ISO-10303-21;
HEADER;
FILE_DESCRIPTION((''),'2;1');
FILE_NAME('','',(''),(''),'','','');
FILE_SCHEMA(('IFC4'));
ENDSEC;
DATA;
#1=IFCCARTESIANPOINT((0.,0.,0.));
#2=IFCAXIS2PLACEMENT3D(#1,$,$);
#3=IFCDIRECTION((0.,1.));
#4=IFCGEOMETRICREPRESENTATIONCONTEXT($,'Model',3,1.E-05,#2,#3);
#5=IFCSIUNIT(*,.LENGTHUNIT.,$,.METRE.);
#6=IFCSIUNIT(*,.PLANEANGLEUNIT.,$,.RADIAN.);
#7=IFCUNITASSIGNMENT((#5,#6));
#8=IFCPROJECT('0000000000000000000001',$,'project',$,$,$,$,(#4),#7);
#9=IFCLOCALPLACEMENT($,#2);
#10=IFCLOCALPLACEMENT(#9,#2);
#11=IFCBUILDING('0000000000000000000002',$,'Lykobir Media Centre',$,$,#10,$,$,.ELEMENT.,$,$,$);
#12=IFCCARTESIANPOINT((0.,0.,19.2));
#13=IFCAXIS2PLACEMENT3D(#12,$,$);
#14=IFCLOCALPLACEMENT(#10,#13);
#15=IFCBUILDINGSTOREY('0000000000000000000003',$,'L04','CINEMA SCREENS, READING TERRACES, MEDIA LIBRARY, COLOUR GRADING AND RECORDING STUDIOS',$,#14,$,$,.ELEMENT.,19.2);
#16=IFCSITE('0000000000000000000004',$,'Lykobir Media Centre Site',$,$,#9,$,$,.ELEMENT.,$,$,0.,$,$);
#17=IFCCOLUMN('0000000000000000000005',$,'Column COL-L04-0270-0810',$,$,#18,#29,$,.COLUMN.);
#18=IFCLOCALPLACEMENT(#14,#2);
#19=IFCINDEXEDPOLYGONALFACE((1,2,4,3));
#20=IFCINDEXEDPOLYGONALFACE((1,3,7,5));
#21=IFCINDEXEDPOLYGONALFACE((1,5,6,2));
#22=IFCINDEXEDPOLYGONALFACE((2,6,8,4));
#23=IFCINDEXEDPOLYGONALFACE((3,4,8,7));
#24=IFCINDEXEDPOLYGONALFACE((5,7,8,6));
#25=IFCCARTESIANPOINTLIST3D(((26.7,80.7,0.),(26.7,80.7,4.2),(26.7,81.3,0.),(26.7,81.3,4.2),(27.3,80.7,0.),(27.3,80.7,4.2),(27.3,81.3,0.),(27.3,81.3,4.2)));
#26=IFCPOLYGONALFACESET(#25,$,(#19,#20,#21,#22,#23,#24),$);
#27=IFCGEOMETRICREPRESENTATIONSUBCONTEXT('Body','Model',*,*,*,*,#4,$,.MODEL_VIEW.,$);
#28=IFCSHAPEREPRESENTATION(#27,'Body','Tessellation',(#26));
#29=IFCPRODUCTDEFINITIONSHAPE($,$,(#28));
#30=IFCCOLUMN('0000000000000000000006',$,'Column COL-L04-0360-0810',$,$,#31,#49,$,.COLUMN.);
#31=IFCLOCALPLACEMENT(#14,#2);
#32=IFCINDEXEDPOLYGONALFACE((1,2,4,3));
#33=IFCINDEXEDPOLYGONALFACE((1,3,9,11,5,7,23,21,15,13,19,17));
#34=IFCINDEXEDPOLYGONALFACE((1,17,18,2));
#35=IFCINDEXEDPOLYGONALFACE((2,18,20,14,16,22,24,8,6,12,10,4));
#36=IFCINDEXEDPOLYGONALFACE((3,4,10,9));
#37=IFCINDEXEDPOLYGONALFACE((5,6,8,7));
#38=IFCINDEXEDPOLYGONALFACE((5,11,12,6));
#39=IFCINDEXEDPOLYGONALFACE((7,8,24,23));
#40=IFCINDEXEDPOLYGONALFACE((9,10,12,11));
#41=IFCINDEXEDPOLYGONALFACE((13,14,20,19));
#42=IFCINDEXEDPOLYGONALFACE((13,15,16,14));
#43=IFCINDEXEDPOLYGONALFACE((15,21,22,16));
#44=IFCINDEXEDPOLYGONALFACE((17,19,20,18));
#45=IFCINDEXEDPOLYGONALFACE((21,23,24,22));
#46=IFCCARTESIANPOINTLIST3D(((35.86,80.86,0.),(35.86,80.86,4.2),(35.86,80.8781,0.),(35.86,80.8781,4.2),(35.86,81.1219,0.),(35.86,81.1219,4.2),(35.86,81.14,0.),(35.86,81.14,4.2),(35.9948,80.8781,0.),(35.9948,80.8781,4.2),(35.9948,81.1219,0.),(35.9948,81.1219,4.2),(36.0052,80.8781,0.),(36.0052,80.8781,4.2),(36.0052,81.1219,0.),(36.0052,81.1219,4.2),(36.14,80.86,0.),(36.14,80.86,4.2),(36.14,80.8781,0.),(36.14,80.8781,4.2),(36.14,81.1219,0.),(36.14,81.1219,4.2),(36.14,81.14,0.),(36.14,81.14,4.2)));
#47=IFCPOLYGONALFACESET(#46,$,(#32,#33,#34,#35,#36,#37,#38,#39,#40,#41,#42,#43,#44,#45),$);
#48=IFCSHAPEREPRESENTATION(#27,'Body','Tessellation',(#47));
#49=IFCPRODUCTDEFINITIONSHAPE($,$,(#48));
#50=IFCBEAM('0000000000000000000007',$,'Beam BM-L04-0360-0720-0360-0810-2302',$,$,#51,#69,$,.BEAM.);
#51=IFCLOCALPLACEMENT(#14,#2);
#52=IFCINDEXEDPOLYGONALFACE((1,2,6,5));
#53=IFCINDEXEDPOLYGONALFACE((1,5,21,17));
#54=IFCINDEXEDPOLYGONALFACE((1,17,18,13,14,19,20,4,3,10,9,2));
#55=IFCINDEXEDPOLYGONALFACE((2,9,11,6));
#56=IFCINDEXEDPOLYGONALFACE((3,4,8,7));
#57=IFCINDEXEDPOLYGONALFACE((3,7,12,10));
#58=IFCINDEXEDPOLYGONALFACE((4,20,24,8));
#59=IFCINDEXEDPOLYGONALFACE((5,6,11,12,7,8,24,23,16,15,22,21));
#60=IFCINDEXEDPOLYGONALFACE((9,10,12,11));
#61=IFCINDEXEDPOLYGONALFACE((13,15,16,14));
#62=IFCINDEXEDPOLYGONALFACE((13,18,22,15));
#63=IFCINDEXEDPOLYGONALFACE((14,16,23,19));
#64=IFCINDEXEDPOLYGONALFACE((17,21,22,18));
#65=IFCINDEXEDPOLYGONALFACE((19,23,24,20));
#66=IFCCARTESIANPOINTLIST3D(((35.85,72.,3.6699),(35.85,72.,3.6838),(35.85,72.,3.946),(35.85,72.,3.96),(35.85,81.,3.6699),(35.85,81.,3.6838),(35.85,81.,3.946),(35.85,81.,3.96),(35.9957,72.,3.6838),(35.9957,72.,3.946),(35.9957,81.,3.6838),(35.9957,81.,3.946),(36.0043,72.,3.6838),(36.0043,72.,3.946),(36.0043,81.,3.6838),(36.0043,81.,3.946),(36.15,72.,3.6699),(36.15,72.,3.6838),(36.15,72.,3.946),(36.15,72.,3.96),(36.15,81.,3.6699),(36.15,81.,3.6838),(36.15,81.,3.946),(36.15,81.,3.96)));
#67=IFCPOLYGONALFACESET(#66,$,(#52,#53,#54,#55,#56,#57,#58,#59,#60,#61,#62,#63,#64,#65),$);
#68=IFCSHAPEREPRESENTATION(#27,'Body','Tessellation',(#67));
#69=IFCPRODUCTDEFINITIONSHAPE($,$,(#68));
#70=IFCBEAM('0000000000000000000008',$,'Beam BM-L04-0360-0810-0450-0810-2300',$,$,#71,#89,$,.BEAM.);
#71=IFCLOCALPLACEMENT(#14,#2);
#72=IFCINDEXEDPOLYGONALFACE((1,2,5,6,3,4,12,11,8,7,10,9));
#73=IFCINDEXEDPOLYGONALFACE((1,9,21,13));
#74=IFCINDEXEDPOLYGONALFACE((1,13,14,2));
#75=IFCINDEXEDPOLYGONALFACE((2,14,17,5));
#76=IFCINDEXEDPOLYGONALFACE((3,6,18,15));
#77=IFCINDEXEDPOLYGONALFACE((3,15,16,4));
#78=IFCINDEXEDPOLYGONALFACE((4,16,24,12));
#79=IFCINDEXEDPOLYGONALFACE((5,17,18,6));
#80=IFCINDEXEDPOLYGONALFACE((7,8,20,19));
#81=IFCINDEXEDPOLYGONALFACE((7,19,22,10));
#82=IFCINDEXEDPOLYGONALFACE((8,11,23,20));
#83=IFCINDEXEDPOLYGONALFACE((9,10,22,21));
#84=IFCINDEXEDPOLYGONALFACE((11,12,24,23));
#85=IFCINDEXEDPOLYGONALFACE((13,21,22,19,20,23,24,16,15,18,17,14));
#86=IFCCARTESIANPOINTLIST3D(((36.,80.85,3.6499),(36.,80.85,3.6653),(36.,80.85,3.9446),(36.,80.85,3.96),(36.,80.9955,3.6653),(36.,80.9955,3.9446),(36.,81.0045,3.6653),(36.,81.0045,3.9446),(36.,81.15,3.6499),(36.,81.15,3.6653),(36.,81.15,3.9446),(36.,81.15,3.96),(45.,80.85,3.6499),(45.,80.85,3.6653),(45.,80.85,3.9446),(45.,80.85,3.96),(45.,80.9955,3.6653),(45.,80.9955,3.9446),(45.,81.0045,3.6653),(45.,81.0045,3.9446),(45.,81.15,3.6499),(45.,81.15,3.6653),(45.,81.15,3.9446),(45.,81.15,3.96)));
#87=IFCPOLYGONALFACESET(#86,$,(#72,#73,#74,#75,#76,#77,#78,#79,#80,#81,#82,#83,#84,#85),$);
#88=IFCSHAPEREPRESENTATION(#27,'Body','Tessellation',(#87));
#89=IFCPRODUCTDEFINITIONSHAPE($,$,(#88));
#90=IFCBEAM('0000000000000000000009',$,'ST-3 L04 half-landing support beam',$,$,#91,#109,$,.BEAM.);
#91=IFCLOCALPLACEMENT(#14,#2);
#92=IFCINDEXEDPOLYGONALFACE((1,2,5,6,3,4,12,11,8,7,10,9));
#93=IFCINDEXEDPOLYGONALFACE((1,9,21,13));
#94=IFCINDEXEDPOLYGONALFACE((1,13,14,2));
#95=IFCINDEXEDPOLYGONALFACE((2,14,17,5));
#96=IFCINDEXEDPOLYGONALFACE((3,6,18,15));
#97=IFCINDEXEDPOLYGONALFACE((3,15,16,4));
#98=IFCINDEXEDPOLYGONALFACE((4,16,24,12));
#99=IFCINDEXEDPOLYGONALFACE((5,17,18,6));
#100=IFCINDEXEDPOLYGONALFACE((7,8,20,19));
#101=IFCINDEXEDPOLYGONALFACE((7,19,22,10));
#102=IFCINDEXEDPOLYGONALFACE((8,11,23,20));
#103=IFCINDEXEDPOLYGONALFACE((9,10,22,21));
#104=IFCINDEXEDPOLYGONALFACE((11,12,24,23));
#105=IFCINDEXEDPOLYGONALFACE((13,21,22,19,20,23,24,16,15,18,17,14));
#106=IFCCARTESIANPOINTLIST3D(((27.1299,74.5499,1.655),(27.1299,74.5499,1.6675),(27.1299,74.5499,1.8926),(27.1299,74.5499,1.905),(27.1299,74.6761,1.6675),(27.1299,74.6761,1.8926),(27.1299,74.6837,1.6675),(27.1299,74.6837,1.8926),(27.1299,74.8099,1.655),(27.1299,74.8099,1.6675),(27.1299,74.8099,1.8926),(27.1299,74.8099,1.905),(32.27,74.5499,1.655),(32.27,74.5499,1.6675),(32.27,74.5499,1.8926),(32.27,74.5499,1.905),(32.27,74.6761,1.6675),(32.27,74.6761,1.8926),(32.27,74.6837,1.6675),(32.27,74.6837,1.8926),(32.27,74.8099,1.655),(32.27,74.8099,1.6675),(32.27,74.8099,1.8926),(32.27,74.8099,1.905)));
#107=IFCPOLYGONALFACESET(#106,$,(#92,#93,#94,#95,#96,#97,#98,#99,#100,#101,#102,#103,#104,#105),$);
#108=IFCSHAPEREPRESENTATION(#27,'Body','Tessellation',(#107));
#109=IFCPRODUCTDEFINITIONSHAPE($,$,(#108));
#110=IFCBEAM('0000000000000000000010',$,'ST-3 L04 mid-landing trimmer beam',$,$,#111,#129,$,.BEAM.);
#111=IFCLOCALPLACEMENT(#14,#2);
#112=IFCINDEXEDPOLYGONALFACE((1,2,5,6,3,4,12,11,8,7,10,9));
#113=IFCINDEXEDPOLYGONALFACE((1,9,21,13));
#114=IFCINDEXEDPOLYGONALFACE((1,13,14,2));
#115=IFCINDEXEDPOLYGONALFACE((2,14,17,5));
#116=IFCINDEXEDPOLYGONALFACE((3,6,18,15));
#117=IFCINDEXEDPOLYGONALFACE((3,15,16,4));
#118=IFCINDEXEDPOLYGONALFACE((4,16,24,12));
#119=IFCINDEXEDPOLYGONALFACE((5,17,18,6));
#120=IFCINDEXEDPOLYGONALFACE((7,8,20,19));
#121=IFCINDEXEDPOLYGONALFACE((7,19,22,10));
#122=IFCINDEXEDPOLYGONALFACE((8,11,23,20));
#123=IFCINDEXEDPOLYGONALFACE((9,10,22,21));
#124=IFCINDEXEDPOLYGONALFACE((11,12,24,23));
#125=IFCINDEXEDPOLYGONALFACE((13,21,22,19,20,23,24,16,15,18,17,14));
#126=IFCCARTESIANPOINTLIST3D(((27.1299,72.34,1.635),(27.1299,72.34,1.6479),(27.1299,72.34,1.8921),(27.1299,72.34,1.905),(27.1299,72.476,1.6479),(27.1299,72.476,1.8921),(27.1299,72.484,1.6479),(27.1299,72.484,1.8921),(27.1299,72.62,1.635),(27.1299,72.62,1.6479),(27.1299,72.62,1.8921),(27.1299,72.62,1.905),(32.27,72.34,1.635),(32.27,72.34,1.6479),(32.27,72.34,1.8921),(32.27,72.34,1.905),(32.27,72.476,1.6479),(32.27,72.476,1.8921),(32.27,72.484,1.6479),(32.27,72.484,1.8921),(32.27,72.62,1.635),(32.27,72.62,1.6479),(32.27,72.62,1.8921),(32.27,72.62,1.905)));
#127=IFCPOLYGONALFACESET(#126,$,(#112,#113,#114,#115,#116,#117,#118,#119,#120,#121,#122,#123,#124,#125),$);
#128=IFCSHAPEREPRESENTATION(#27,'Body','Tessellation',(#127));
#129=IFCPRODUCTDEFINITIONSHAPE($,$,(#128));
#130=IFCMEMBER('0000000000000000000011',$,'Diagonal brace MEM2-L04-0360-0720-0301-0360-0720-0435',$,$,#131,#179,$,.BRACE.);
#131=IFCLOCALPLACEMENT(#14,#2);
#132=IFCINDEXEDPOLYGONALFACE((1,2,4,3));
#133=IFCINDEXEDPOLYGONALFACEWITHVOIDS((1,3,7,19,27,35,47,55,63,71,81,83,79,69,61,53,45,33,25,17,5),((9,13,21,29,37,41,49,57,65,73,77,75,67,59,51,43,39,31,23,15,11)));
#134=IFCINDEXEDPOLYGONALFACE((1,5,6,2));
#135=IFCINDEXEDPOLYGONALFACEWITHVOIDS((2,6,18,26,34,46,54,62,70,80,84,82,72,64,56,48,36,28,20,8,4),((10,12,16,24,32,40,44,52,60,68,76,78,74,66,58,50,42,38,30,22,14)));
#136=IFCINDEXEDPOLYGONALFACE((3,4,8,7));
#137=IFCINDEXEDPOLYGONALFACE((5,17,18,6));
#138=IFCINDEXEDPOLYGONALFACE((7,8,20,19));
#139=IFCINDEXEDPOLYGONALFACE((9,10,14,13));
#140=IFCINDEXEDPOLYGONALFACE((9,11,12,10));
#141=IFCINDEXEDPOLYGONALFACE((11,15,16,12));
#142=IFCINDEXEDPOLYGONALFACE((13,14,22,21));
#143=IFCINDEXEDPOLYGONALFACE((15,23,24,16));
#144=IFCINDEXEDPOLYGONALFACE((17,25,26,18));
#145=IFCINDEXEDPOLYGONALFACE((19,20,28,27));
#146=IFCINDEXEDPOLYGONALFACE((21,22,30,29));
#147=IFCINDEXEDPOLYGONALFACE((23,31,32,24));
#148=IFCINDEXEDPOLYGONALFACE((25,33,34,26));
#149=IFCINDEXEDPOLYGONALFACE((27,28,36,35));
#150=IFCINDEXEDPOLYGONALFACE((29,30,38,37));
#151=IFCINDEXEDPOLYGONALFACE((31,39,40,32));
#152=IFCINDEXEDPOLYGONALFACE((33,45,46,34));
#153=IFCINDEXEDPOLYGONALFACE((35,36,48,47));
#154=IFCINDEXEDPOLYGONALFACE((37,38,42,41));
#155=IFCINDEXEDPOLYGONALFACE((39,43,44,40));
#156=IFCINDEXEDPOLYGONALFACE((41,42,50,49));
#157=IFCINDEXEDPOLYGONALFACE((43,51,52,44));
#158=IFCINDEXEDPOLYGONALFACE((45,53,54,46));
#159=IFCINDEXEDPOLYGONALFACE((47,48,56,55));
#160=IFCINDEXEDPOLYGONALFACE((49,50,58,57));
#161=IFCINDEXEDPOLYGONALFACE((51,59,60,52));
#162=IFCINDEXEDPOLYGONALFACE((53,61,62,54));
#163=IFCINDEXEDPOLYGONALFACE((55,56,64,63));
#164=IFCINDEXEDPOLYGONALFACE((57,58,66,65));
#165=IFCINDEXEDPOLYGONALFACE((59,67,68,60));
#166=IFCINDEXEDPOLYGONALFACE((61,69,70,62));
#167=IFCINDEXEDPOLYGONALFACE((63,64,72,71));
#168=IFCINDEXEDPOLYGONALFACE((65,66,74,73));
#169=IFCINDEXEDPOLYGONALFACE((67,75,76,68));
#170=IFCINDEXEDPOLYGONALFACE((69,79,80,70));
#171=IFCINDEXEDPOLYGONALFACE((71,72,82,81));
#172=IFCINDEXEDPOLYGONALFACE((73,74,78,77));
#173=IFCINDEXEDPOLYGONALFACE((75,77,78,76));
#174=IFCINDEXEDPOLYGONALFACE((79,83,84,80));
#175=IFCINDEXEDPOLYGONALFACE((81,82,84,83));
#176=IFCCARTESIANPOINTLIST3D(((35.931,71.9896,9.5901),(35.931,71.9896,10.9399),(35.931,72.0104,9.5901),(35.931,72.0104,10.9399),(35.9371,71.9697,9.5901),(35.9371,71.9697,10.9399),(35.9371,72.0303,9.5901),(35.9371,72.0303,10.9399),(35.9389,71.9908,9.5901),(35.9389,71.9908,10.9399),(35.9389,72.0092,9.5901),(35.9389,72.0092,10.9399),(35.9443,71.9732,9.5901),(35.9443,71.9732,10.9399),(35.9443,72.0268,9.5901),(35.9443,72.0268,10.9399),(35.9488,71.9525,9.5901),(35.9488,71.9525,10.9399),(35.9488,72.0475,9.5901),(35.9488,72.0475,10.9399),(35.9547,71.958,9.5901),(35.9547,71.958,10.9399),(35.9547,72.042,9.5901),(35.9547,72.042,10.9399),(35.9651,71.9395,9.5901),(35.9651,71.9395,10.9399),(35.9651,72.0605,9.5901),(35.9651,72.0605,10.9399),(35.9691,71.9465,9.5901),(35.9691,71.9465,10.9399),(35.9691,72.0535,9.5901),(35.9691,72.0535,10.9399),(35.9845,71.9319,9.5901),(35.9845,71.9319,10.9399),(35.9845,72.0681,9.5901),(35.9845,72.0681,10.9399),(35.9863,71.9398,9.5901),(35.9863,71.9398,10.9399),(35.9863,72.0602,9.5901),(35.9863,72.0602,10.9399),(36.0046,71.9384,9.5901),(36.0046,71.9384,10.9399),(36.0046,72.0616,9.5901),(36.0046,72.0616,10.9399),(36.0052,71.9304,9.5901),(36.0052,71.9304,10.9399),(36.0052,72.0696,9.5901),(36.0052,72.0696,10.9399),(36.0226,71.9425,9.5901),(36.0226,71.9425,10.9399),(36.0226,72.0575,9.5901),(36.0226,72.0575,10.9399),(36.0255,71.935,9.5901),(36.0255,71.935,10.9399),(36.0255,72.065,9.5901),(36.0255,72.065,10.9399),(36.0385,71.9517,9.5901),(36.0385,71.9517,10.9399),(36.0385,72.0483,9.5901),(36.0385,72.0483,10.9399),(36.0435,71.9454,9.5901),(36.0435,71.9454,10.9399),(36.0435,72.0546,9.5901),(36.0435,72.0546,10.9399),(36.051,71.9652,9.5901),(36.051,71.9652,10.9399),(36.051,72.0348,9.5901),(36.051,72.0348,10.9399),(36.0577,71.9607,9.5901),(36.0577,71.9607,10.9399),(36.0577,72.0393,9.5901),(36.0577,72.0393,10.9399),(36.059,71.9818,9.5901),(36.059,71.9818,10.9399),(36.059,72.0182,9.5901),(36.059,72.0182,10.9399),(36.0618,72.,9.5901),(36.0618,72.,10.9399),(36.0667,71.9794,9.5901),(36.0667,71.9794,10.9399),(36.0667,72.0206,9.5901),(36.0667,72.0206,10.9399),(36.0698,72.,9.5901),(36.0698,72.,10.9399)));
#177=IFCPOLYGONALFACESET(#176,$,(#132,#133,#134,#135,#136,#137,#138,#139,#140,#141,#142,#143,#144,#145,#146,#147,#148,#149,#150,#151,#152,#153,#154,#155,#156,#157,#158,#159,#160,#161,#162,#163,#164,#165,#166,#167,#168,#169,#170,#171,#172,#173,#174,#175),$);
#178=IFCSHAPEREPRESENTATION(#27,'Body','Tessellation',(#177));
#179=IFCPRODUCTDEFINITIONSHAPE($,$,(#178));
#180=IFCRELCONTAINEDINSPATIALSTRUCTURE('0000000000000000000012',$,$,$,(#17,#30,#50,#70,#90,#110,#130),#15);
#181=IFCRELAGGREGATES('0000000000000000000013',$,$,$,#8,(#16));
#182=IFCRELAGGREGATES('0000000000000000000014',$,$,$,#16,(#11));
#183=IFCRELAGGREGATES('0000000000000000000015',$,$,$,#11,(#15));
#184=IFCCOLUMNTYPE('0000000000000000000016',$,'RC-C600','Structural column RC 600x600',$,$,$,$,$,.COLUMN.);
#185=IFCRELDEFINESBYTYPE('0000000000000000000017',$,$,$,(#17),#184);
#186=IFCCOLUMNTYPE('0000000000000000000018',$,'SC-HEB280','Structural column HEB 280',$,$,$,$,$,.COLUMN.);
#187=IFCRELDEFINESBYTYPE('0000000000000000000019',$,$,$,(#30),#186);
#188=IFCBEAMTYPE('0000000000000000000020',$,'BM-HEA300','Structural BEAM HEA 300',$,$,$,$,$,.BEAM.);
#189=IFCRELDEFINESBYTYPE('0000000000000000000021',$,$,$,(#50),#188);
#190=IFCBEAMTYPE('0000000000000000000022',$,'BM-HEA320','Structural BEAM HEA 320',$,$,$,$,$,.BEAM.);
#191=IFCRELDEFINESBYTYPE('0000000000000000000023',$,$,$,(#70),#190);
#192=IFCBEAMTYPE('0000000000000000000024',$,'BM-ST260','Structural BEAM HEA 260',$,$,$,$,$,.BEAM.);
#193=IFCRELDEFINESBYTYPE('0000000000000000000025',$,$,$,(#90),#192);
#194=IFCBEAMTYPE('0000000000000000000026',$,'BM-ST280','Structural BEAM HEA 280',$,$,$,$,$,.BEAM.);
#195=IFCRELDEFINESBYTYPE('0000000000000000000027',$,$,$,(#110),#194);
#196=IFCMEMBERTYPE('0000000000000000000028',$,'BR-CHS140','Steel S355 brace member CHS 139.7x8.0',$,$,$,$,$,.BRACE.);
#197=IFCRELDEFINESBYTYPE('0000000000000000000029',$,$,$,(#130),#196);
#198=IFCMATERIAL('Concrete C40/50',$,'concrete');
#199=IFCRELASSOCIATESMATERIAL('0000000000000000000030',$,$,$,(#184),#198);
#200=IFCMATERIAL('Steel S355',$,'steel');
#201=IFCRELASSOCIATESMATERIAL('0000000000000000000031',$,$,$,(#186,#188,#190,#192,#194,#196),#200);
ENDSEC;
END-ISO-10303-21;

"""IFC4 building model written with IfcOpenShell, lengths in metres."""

from ifc_helpers import new_model, si_unit, direction, frame, origin, origin_2d, place, context, subcontext, project, spatial, rectangle, hollow_circle, i_section, extrude, material, material_profile, profile_set, type_object, element, save


model = new_model("IFC4")

# Units and contexts
model_context = context("Model", 3, precision=1e-05, world=origin(), true_north=direction((0.0, 1.0)))
body_context = subcontext(model_context, "Body", "Model", "MODEL_VIEW")
ifc_project = project(units=[si_unit("LENGTHUNIT", "METRE"), si_unit("PLANEANGLEUNIT", "RADIAN")], contexts=[model_context])

# Site, building, storey
site_placement = place(None, origin())
site = spatial("IfcSite", under=ifc_project, at=site_placement, Name="Lykobir Media Centre Site", CompositionType="ELEMENT", RefElevation=0.0)
building_placement = place(site_placement, origin())
building = spatial("IfcBuilding", under=site, at=building_placement, Name="Lykobir Media Centre", CompositionType="ELEMENT")
storey_placement = place(building_placement, frame((0.0, 0.0, 19.2)))
storey = spatial("IfcBuildingStorey", under=building, at=storey_placement, Name="L04", Description="CINEMA SCREENS, READING TERRACES, MEDIA LIBRARY, COLOUR GRADING AND RECORDING STUDIOS", CompositionType="ELEMENT", Elevation=19.2)

# Columns
ifc_material_1 = material(Name="Concrete C40/50", Category="concrete")
ifc_material_profile_1 = material_profile(ifc_material_1, rectangle(XDim=0.6001, YDim=0.6001, at=origin_2d()), Name="RC 600x600")
ifc_profile_set_1 = profile_set([ifc_material_profile_1], Name="Concrete C40/50")
column_type_1 = type_object("IfcColumnType", Name="RC-C600", Description="Structural column RC 600x600", PredefinedType="COLUMN", material=ifc_profile_set_1)
column_1_placement = place(storey_placement, frame((27.0, 81.0, 0.0), z_axis=(0.0, 0.0, 1.0), x_axis=(1.0, 0.0, 0.0)))
element("IfcColumn", 1, at=column_1_placement, inside=storey, type_object=column_type_1, Name="Column COL-L04-0270-0810", PredefinedType="COLUMN", context=body_context, shape_type="SweptSolid", body=[
    extrude(rectangle(XDim=0.6001, YDim=0.6001, at=origin_2d()), origin(), (0.0, 0.0, 1.0), 4.2),
])
ifc_material_2 = material(Name="Steel S355", Category="steel")
ifc_material_profile_2 = material_profile(ifc_material_2, i_section(OverallWidth=0.28, OverallDepth=0.28, WebThickness=0.0105, FlangeThickness=0.0181, at=origin_2d()), Name="HEB 280")
ifc_profile_set_2 = profile_set([ifc_material_profile_2], Name="Steel S355")
column_type_2 = type_object("IfcColumnType", Name="SC-HEB280", Description="Structural column HEB 280", PredefinedType="COLUMN", material=ifc_profile_set_2)
column_2_placement = place(storey_placement, frame((36.0, 81.0, 0.0), z_axis=(0.0, 0.0, 1.0), x_axis=(1.0, 0.0, 0.0)))
element("IfcColumn", 2, at=column_2_placement, inside=storey, type_object=column_type_2, Name="Column COL-L04-0360-0810", PredefinedType="COLUMN", context=body_context, shape_type="SweptSolid", body=[
    extrude(i_section(OverallWidth=0.28, OverallDepth=0.28, WebThickness=0.0105, FlangeThickness=0.0181, at=origin_2d()), origin(), (0.0, 0.0, 1.0), 4.2),
])

# Beams
ifc_material_profile_3 = material_profile(ifc_material_2, i_section(OverallWidth=0.3, OverallDepth=0.29, WebThickness=0.0085, FlangeThickness=0.0139, at=origin_2d()), Name="HEA 300")
ifc_profile_set_3 = profile_set([ifc_material_profile_3], Name="Steel S355")
beam_type_1 = type_object("IfcBeamType", Name="BM-HEA300", Description="Structural BEAM HEA 300", PredefinedType="BEAM", material=ifc_profile_set_3)
beam_1_placement = place(storey_placement, frame((36.0, 72.0, 3.8149), z_axis=(0.0, 1.0, 0.0), x_axis=(-1.0, 0.0, 0.0)))
element("IfcBeam", 3, at=beam_1_placement, inside=storey, type_object=beam_type_1, Name="Beam BM-L04-0360-0720-0360-0810-2302", PredefinedType="BEAM", context=body_context, shape_type="SweptSolid", body=[
    extrude(i_section(OverallWidth=0.3, OverallDepth=0.29, WebThickness=0.0085, FlangeThickness=0.0139, at=origin_2d()), origin(), (0.0, 0.0, 1.0), 9.0),
])
ifc_material_profile_4 = material_profile(ifc_material_2, i_section(OverallWidth=0.3, OverallDepth=0.3101, WebThickness=0.009, FlangeThickness=0.0154, at=origin_2d()), Name="HEA 320")
ifc_profile_set_4 = profile_set([ifc_material_profile_4], Name="Steel S355")
beam_type_2 = type_object("IfcBeamType", Name="BM-HEA320", Description="Structural BEAM HEA 320", PredefinedType="BEAM", material=ifc_profile_set_4)
beam_2_placement = place(storey_placement, frame((36.0, 81.0, 3.8049), z_axis=(1.0, 0.0, 0.0), x_axis=(0.0, 1.0, 0.0)))
element("IfcBeam", 4, at=beam_2_placement, inside=storey, type_object=beam_type_2, Name="Beam BM-L04-0360-0810-0450-0810-2300", PredefinedType="BEAM", context=body_context, shape_type="SweptSolid", body=[
    extrude(i_section(OverallWidth=0.3, OverallDepth=0.3101, WebThickness=0.009, FlangeThickness=0.0154, at=origin_2d()), origin(), (0.0, 0.0, 1.0), 9.0),
])
ifc_material_profile_5 = material_profile(ifc_material_2, i_section(OverallWidth=0.26, OverallDepth=0.25, WebThickness=0.0076, FlangeThickness=0.0125, at=origin_2d()), Name="HEA 260")
ifc_profile_set_5 = profile_set([ifc_material_profile_5], Name="Steel S355")
beam_type_3 = type_object("IfcBeamType", Name="BM-ST260", Description="Structural BEAM HEA 260", PredefinedType="BEAM", material=ifc_profile_set_5)
beam_3_placement = place(storey_placement, frame((27.1299, 74.6799, 1.78), z_axis=(1.0, 0.0, 0.0), x_axis=(0.0, 1.0, 0.0)))
element("IfcBeam", 5, at=beam_3_placement, inside=storey, type_object=beam_type_3, Name="ST-3 L04 half-landing support beam", PredefinedType="BEAM", context=body_context, shape_type="SweptSolid", body=[
    extrude(i_section(OverallWidth=0.26, OverallDepth=0.25, WebThickness=0.0076, FlangeThickness=0.0125, at=origin_2d()), origin(), (0.0, 0.0, 1.0), 5.1401),
])
ifc_material_profile_6 = material_profile(ifc_material_2, i_section(OverallWidth=0.28, OverallDepth=0.27, WebThickness=0.0081, FlangeThickness=0.0129, at=origin_2d()), Name="HEA 280")
ifc_profile_set_6 = profile_set([ifc_material_profile_6], Name="Steel S355")
beam_type_4 = type_object("IfcBeamType", Name="BM-ST280", Description="Structural BEAM HEA 280", PredefinedType="BEAM", material=ifc_profile_set_6)
beam_4_placement = place(storey_placement, frame((27.1299, 72.48, 1.77), z_axis=(1.0, 0.0, 0.0), x_axis=(0.0, 1.0, 0.0)))
element("IfcBeam", 6, at=beam_4_placement, inside=storey, type_object=beam_type_4, Name="ST-3 L04 mid-landing trimmer beam", PredefinedType="BEAM", context=body_context, shape_type="SweptSolid", body=[
    extrude(i_section(OverallWidth=0.28, OverallDepth=0.27, WebThickness=0.0081, FlangeThickness=0.0129, at=origin_2d()), origin(), (0.0, 0.0, 1.0), 5.1401),
])

# Member
ifc_material_profile_7 = material_profile(ifc_material_2, hollow_circle(Radius=0.0698, WallThickness=0.0081, at=origin_2d()), Name="CHS 139.7x8.0")
ifc_profile_set_7 = profile_set([ifc_material_profile_7], Name="Steel S355")
member_type_1 = type_object("IfcMemberType", Name="BR-CHS140", Description="Steel S355 brace member CHS 139.7x8.0", PredefinedType="BRACE", material=ifc_profile_set_7)
member_1_placement = place(storey_placement, frame((36.0, 72.0, 10.9399), z_axis=(0.0, 0.0, -1.0), x_axis=(1.0, 0.0, 0.0)))
element("IfcMember", 7, at=member_1_placement, inside=storey, type_object=member_type_1, Name="Diagonal brace MEM2-L04-0360-0720-0301-0360-0720-0435", PredefinedType="BRACE", context=body_context, shape_type="SweptSolid", body=[
    extrude(hollow_circle(Radius=0.0698, WallThickness=0.0081, at=origin_2d()), origin(), (0.0, 0.0, 1.0), 1.3499),
])

save(model, "model.ifc")
